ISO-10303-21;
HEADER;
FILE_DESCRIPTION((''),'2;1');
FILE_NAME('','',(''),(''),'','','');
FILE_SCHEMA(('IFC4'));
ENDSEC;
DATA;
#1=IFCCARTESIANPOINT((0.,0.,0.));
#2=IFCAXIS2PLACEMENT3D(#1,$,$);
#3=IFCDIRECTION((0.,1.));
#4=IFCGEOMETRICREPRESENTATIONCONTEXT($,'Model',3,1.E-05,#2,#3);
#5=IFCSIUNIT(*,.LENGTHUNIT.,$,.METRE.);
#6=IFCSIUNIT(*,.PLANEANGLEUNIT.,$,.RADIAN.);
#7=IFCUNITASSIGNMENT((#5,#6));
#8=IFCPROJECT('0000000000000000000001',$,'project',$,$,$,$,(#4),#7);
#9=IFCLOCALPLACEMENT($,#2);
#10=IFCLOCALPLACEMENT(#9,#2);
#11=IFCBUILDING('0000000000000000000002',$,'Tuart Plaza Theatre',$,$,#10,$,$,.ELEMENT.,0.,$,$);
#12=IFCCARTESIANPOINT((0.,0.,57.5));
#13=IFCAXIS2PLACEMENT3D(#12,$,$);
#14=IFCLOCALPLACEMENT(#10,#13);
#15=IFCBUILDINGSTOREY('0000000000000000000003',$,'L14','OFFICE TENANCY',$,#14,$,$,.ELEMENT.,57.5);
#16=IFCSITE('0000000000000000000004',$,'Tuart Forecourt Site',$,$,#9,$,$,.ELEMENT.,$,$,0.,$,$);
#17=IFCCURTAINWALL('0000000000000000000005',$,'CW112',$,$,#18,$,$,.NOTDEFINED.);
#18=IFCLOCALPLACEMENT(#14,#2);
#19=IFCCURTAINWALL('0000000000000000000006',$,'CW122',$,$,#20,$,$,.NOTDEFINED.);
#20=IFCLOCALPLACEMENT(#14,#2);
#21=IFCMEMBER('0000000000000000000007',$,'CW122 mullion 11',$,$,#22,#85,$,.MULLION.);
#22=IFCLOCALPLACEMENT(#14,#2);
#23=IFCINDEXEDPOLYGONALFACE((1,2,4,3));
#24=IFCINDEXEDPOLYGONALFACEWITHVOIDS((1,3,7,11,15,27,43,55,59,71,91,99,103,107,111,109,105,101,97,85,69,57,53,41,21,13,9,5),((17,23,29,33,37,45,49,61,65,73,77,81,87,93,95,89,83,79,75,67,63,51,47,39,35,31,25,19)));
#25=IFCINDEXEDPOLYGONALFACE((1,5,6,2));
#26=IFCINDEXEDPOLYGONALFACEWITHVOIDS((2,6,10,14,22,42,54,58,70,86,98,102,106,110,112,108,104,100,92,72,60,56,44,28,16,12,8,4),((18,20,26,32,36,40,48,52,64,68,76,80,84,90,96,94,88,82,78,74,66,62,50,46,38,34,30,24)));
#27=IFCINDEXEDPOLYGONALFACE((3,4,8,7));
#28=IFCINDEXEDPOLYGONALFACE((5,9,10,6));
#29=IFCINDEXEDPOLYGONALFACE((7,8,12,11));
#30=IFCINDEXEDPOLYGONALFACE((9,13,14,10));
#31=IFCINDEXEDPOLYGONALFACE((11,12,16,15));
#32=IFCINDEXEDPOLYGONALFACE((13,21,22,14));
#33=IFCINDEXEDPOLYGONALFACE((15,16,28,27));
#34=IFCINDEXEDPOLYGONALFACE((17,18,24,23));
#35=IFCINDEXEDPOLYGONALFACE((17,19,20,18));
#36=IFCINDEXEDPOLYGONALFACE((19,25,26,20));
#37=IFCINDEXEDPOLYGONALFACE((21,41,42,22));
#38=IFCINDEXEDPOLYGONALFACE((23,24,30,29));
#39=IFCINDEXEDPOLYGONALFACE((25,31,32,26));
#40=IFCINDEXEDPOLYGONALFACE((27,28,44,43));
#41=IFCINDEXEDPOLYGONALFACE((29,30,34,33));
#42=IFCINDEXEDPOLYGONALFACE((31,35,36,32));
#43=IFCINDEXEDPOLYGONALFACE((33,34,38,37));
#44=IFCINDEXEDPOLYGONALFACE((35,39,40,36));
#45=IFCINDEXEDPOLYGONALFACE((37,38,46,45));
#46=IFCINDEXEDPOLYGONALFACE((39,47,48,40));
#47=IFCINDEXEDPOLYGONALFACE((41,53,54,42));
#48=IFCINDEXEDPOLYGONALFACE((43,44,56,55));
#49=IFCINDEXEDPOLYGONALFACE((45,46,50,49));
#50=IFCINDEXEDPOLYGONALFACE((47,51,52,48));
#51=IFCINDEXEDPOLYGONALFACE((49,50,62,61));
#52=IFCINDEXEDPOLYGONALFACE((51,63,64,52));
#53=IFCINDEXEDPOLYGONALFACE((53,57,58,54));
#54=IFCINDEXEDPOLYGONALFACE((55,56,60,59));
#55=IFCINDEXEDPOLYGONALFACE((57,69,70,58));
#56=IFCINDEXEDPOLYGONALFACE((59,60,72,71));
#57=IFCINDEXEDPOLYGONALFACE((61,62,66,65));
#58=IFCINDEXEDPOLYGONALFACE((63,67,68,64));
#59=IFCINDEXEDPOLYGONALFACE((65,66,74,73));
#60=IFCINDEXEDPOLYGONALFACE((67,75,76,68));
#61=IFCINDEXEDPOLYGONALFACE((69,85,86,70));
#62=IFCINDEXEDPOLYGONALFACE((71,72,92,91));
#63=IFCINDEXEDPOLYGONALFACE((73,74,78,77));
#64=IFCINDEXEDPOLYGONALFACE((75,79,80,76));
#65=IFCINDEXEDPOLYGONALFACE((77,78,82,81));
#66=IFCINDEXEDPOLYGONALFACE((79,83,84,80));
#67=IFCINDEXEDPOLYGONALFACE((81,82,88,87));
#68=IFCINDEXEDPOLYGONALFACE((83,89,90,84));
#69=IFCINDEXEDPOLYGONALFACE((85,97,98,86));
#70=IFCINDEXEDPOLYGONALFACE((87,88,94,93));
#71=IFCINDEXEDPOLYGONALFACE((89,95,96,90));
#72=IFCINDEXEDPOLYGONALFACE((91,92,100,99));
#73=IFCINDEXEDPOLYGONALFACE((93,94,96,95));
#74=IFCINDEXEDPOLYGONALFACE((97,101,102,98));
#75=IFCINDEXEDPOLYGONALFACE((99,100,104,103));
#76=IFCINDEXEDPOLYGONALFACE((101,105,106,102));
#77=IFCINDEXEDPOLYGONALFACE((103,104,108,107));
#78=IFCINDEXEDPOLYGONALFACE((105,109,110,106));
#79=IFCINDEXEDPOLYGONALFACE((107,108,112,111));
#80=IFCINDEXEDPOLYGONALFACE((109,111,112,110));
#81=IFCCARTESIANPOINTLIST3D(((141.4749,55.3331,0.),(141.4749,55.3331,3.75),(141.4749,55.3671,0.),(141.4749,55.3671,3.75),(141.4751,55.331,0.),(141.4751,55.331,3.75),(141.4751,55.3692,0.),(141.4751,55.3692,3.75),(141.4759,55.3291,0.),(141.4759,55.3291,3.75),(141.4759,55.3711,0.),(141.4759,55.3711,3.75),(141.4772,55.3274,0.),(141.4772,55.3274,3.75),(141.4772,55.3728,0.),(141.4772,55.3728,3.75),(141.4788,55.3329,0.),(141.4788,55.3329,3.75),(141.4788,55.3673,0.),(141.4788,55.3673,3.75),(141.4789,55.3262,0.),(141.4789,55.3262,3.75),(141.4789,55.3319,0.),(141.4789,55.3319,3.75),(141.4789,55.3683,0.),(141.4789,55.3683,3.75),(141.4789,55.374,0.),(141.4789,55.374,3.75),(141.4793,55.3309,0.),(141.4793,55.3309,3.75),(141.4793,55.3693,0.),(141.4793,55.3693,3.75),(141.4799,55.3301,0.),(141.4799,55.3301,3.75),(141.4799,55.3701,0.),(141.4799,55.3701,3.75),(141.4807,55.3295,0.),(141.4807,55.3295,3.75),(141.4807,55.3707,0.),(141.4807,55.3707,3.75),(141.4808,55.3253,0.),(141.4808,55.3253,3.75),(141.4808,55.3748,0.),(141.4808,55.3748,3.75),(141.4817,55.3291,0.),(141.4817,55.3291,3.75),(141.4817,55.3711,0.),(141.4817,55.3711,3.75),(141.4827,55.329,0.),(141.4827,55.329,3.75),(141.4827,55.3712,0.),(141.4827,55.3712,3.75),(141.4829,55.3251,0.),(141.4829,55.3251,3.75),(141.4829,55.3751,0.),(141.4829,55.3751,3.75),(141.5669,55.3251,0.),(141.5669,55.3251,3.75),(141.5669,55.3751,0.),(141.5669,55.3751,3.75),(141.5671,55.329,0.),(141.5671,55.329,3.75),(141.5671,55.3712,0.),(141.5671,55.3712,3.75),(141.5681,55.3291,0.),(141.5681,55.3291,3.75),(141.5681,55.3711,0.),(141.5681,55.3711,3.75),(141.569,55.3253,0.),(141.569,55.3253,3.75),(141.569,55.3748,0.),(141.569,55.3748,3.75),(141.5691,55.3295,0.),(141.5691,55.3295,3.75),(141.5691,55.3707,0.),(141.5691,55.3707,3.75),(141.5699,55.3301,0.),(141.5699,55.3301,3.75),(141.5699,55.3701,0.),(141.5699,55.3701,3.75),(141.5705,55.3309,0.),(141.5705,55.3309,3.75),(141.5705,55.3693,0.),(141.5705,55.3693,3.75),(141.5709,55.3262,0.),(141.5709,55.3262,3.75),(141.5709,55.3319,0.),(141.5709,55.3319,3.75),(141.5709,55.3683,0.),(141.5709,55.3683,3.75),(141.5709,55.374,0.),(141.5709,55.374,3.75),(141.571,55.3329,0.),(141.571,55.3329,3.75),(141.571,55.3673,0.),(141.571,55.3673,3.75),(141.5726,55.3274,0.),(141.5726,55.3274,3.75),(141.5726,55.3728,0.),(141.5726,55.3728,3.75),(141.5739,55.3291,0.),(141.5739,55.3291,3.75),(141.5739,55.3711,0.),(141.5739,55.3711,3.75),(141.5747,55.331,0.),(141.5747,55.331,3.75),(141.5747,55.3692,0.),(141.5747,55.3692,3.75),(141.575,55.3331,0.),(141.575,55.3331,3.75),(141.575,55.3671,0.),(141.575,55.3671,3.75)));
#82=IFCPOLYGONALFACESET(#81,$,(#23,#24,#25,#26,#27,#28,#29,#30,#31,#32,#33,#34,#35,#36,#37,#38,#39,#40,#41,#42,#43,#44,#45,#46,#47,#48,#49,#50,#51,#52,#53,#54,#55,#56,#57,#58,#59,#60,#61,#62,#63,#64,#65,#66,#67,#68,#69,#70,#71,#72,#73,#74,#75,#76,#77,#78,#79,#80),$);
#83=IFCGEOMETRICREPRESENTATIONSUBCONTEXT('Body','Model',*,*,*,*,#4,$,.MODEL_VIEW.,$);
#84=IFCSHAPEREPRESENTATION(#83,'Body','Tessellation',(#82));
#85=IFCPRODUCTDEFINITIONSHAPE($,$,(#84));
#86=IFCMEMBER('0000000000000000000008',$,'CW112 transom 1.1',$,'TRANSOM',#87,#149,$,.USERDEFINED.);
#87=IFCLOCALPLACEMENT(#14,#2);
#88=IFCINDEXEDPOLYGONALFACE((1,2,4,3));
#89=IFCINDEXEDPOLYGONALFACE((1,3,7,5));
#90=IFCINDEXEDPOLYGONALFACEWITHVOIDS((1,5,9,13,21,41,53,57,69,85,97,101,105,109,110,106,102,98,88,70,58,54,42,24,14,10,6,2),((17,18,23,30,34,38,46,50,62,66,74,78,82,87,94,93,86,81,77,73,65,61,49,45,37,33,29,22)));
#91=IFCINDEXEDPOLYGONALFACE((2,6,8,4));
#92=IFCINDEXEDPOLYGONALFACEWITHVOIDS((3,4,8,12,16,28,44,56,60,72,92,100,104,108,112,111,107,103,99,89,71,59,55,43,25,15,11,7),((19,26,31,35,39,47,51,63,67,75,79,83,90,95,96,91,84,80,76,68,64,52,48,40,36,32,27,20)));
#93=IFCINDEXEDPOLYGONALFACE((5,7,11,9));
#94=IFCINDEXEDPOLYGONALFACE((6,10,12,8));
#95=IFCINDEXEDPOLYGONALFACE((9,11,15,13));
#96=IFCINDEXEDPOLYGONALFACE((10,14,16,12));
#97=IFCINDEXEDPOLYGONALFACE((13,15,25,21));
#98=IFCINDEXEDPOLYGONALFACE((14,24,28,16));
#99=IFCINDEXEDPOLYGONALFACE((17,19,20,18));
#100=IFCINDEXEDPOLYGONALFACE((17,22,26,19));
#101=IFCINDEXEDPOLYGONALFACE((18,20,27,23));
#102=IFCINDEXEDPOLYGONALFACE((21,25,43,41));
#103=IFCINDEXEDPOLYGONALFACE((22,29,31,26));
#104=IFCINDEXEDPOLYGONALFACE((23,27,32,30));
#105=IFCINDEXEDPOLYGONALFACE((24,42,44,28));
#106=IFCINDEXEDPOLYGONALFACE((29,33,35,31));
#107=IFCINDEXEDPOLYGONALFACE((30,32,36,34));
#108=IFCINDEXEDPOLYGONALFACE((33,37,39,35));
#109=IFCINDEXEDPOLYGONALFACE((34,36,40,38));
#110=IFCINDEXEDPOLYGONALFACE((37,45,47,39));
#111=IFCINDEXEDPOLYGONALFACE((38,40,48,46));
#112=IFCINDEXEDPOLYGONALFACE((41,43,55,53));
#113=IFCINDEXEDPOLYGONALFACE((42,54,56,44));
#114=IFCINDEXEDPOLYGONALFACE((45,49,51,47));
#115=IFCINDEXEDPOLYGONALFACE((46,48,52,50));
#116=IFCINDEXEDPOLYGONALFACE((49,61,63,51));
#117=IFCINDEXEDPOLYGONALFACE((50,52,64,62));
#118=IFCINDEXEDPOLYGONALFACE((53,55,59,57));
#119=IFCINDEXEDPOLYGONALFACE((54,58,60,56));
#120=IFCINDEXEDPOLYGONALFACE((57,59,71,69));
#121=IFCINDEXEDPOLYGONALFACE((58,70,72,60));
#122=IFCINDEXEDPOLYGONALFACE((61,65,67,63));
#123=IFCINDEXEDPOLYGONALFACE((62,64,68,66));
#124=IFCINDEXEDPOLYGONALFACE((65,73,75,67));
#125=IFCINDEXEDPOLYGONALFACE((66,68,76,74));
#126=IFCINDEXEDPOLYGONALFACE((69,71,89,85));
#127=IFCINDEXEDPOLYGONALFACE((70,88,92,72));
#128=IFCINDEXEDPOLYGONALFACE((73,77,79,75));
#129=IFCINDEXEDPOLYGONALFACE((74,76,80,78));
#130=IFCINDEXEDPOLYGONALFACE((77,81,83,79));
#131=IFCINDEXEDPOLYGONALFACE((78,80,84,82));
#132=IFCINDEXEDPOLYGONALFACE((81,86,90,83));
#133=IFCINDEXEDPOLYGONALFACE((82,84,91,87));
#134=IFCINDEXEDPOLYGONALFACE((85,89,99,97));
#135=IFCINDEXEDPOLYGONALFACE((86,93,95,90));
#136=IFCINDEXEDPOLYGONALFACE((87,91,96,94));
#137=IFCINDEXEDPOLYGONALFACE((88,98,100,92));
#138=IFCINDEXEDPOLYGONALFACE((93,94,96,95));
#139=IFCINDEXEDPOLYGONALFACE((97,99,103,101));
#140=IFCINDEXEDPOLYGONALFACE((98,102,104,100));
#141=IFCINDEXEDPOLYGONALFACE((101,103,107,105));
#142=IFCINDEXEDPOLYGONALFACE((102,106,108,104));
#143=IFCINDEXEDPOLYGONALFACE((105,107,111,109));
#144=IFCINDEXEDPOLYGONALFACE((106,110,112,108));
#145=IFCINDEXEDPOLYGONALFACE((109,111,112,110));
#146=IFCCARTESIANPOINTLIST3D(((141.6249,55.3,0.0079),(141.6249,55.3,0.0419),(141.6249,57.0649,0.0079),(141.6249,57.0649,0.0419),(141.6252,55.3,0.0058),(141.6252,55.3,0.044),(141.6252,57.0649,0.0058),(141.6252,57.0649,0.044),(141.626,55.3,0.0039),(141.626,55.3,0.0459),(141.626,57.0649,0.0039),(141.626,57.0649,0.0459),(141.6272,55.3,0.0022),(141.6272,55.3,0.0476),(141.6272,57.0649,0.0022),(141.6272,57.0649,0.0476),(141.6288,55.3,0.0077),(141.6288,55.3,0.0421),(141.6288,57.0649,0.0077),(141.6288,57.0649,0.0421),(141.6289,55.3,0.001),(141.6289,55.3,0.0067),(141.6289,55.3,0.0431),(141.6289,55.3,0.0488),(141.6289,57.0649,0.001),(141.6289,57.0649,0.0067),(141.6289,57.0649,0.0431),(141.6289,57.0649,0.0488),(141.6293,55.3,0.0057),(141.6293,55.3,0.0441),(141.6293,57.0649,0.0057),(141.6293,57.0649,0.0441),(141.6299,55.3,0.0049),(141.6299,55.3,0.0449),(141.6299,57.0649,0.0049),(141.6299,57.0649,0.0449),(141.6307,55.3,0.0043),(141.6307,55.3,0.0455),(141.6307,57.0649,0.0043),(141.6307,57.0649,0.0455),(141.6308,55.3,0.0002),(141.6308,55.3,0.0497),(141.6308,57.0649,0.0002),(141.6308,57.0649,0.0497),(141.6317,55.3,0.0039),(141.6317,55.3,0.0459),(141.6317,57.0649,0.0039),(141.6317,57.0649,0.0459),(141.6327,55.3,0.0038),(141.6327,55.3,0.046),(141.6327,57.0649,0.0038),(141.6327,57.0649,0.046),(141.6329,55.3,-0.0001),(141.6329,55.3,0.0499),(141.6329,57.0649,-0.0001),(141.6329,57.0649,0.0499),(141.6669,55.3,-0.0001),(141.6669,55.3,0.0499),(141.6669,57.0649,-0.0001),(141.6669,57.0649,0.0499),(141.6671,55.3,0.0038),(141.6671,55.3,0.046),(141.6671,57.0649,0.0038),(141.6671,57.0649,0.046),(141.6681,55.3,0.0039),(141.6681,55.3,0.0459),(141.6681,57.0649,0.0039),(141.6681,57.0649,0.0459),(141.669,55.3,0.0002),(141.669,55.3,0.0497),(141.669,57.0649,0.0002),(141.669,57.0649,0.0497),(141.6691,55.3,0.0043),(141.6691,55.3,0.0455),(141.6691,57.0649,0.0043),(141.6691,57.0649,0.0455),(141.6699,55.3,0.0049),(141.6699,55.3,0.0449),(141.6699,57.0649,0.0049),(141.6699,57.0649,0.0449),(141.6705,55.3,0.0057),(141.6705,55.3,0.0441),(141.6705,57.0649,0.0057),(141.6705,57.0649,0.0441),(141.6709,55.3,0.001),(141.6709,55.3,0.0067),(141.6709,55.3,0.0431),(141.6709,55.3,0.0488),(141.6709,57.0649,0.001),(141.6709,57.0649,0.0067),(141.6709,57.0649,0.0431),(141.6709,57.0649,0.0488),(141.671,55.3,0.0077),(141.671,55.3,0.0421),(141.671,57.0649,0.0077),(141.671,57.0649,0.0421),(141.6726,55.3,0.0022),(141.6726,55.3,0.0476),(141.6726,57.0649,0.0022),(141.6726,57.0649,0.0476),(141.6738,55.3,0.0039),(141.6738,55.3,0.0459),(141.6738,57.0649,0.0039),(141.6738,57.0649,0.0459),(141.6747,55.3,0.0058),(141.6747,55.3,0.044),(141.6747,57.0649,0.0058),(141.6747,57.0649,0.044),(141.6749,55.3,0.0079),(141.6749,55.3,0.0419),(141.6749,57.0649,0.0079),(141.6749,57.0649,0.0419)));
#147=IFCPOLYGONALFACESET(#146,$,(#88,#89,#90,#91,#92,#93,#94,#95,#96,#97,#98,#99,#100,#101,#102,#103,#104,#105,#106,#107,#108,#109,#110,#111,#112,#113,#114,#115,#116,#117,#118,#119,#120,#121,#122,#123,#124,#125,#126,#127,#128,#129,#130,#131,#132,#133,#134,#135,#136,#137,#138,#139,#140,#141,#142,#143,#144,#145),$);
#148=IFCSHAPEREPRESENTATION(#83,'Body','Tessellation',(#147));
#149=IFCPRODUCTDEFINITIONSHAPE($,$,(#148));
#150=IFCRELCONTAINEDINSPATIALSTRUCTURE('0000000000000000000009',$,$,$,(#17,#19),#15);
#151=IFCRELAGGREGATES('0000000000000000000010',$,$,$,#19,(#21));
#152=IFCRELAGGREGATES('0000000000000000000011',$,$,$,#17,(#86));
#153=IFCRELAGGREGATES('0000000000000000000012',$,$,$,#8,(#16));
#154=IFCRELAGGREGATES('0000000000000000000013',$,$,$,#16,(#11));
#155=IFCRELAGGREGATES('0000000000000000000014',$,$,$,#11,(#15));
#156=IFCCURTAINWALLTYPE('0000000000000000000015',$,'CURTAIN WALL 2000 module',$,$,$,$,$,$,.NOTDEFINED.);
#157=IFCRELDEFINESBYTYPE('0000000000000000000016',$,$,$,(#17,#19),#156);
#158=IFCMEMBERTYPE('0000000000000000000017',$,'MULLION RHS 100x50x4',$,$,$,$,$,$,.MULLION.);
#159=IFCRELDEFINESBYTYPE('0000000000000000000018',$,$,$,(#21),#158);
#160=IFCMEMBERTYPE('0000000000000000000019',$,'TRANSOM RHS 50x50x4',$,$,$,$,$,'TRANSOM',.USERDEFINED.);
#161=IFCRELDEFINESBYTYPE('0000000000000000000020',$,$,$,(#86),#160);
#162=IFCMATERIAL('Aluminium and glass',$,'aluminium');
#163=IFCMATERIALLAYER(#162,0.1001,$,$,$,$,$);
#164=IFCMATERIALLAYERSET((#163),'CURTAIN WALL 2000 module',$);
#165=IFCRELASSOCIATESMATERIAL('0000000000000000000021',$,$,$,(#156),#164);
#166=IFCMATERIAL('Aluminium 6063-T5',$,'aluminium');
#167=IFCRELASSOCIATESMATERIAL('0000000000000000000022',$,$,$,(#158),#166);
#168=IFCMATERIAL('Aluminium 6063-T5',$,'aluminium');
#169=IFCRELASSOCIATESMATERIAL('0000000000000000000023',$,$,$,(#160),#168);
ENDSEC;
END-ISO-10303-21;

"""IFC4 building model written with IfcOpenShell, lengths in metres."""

from ifc_helpers import new_model, si_unit, direction, frame, origin, origin_2d, place, context, subcontext, project, spatial, hollow_rectangle, extrude, material, layer, layer_set, material_profile, profile_set, type_object, element, aggregate, save


model = new_model("IFC4")

# Units and contexts
model_context = context("Model", 3, precision=1e-05, world=origin(), true_north=direction((0.0, 1.0)))
body_context = subcontext(model_context, "Body", "Model", "MODEL_VIEW")
ifc_project = project(units=[si_unit("LENGTHUNIT", "METRE"), si_unit("PLANEANGLEUNIT", "RADIAN")], contexts=[model_context])

# Site, building, storey
site_placement = place(None, origin())
site = spatial("IfcSite", under=ifc_project, at=site_placement, Name="Tuart Forecourt Site", CompositionType="ELEMENT", RefElevation=0.0)
building_placement = place(site_placement, origin())
building = spatial("IfcBuilding", under=site, at=building_placement, Name="Tuart Plaza Theatre", CompositionType="ELEMENT", ElevationOfRefHeight=0.0)
storey_placement = place(building_placement, frame((0.0, 0.0, 57.5)))
storey = spatial("IfcBuildingStorey", under=building, at=storey_placement, Name="L14", Description="OFFICE TENANCY", CompositionType="ELEMENT", Elevation=57.5)

# Curtain wall
ifc_material_1 = material(Name="Aluminium and glass", Category="aluminium")
ifc_layer_1 = layer(ifc_material_1, 0.1001)
ifc_layer_set_1 = layer_set([ifc_layer_1], Name="CURTAIN WALL 2000 module")
curtain_wall_type = type_object("IfcCurtainWallType", Name="CURTAIN WALL 2000 module", PredefinedType="NOTDEFINED", material=ifc_layer_set_1)
curtain_wall_1_placement = place(storey_placement, origin())
curtain_wall_1 = element("IfcCurtainWall", 1, at=curtain_wall_1_placement, inside=storey, type_object=curtain_wall_type, Name="CW112", PredefinedType="NOTDEFINED")
ifc_material_2 = material(Name="Aluminium 6063-T5", Category="aluminium")
ifc_material_profile_1 = material_profile(ifc_material_2, hollow_rectangle(XDim=0.05, YDim=0.1001, WallThickness=0.0039, InnerFilletRadius=0.0039, OuterFilletRadius=0.0081, at=origin_2d()), Name="RHS 100x50x4")
ifc_profile_set_1 = profile_set([ifc_material_profile_1], Name="Aluminium 6063-T5")
member_type_1 = type_object("IfcMemberType", Name="MULLION RHS 100x50x4", PredefinedType="MULLION", material=ifc_profile_set_1)

# Curtain wall, member
curtain_wall_2_placement = place(storey_placement, origin())
curtain_wall_2 = element("IfcCurtainWall", 2, at=curtain_wall_2_placement, inside=storey, type_object=curtain_wall_type, Name="CW122", PredefinedType="NOTDEFINED")
member_1_placement = place(storey_placement, frame((141.5249, 55.3501, 0.0), z_axis=(0.0, 0.0, 1.0), x_axis=(0.0, 1.0, 0.0)))
member_1 = element("IfcMember", 3, at=member_1_placement, type_object=member_type_1, Name="CW122 mullion 11", PredefinedType="MULLION", context=body_context, shape_type="SweptSolid", body=[
    extrude(hollow_rectangle(XDim=0.05, YDim=0.1001, WallThickness=0.0039, InnerFilletRadius=0.0039, OuterFilletRadius=0.0081, at=origin_2d()), origin(), (0.0, 0.0, 1.0), 3.75),
])

# Member
ifc_material_3 = material(Name="Aluminium 6063-T5", Category="aluminium")
ifc_material_profile_2 = material_profile(ifc_material_3, hollow_rectangle(XDim=0.05, YDim=0.05, WallThickness=0.0039, InnerFilletRadius=0.0039, OuterFilletRadius=0.0081, at=origin_2d()), Name="RHS 50x50x4")
ifc_profile_set_2 = profile_set([ifc_material_profile_2], Name="Aluminium 6063-T5")
member_type_2 = type_object("IfcMemberType", Name="TRANSOM RHS 50x50x4", ElementType="TRANSOM", PredefinedType="USERDEFINED", material=ifc_profile_set_2)
member_2_placement = place(storey_placement, frame((141.6499, 55.3, 0.0249), z_axis=(0.0, 1.0, 0.0), x_axis=(-1.0, 0.0, 0.0)))
member_2 = element("IfcMember", 4, at=member_2_placement, type_object=member_type_2, Name="CW112 transom 1.1", ObjectType="TRANSOM", PredefinedType="USERDEFINED", context=body_context, shape_type="SweptSolid", body=[
    extrude(hollow_rectangle(XDim=0.05, YDim=0.05, WallThickness=0.0039, InnerFilletRadius=0.0039, OuterFilletRadius=0.0081, at=origin_2d()), origin(), (0.0, 0.0, 1.0), 1.7649),
])

aggregate(curtain_wall_2, [member_1])
aggregate(curtain_wall_1, [member_2])

save(model, "model.ifc")
